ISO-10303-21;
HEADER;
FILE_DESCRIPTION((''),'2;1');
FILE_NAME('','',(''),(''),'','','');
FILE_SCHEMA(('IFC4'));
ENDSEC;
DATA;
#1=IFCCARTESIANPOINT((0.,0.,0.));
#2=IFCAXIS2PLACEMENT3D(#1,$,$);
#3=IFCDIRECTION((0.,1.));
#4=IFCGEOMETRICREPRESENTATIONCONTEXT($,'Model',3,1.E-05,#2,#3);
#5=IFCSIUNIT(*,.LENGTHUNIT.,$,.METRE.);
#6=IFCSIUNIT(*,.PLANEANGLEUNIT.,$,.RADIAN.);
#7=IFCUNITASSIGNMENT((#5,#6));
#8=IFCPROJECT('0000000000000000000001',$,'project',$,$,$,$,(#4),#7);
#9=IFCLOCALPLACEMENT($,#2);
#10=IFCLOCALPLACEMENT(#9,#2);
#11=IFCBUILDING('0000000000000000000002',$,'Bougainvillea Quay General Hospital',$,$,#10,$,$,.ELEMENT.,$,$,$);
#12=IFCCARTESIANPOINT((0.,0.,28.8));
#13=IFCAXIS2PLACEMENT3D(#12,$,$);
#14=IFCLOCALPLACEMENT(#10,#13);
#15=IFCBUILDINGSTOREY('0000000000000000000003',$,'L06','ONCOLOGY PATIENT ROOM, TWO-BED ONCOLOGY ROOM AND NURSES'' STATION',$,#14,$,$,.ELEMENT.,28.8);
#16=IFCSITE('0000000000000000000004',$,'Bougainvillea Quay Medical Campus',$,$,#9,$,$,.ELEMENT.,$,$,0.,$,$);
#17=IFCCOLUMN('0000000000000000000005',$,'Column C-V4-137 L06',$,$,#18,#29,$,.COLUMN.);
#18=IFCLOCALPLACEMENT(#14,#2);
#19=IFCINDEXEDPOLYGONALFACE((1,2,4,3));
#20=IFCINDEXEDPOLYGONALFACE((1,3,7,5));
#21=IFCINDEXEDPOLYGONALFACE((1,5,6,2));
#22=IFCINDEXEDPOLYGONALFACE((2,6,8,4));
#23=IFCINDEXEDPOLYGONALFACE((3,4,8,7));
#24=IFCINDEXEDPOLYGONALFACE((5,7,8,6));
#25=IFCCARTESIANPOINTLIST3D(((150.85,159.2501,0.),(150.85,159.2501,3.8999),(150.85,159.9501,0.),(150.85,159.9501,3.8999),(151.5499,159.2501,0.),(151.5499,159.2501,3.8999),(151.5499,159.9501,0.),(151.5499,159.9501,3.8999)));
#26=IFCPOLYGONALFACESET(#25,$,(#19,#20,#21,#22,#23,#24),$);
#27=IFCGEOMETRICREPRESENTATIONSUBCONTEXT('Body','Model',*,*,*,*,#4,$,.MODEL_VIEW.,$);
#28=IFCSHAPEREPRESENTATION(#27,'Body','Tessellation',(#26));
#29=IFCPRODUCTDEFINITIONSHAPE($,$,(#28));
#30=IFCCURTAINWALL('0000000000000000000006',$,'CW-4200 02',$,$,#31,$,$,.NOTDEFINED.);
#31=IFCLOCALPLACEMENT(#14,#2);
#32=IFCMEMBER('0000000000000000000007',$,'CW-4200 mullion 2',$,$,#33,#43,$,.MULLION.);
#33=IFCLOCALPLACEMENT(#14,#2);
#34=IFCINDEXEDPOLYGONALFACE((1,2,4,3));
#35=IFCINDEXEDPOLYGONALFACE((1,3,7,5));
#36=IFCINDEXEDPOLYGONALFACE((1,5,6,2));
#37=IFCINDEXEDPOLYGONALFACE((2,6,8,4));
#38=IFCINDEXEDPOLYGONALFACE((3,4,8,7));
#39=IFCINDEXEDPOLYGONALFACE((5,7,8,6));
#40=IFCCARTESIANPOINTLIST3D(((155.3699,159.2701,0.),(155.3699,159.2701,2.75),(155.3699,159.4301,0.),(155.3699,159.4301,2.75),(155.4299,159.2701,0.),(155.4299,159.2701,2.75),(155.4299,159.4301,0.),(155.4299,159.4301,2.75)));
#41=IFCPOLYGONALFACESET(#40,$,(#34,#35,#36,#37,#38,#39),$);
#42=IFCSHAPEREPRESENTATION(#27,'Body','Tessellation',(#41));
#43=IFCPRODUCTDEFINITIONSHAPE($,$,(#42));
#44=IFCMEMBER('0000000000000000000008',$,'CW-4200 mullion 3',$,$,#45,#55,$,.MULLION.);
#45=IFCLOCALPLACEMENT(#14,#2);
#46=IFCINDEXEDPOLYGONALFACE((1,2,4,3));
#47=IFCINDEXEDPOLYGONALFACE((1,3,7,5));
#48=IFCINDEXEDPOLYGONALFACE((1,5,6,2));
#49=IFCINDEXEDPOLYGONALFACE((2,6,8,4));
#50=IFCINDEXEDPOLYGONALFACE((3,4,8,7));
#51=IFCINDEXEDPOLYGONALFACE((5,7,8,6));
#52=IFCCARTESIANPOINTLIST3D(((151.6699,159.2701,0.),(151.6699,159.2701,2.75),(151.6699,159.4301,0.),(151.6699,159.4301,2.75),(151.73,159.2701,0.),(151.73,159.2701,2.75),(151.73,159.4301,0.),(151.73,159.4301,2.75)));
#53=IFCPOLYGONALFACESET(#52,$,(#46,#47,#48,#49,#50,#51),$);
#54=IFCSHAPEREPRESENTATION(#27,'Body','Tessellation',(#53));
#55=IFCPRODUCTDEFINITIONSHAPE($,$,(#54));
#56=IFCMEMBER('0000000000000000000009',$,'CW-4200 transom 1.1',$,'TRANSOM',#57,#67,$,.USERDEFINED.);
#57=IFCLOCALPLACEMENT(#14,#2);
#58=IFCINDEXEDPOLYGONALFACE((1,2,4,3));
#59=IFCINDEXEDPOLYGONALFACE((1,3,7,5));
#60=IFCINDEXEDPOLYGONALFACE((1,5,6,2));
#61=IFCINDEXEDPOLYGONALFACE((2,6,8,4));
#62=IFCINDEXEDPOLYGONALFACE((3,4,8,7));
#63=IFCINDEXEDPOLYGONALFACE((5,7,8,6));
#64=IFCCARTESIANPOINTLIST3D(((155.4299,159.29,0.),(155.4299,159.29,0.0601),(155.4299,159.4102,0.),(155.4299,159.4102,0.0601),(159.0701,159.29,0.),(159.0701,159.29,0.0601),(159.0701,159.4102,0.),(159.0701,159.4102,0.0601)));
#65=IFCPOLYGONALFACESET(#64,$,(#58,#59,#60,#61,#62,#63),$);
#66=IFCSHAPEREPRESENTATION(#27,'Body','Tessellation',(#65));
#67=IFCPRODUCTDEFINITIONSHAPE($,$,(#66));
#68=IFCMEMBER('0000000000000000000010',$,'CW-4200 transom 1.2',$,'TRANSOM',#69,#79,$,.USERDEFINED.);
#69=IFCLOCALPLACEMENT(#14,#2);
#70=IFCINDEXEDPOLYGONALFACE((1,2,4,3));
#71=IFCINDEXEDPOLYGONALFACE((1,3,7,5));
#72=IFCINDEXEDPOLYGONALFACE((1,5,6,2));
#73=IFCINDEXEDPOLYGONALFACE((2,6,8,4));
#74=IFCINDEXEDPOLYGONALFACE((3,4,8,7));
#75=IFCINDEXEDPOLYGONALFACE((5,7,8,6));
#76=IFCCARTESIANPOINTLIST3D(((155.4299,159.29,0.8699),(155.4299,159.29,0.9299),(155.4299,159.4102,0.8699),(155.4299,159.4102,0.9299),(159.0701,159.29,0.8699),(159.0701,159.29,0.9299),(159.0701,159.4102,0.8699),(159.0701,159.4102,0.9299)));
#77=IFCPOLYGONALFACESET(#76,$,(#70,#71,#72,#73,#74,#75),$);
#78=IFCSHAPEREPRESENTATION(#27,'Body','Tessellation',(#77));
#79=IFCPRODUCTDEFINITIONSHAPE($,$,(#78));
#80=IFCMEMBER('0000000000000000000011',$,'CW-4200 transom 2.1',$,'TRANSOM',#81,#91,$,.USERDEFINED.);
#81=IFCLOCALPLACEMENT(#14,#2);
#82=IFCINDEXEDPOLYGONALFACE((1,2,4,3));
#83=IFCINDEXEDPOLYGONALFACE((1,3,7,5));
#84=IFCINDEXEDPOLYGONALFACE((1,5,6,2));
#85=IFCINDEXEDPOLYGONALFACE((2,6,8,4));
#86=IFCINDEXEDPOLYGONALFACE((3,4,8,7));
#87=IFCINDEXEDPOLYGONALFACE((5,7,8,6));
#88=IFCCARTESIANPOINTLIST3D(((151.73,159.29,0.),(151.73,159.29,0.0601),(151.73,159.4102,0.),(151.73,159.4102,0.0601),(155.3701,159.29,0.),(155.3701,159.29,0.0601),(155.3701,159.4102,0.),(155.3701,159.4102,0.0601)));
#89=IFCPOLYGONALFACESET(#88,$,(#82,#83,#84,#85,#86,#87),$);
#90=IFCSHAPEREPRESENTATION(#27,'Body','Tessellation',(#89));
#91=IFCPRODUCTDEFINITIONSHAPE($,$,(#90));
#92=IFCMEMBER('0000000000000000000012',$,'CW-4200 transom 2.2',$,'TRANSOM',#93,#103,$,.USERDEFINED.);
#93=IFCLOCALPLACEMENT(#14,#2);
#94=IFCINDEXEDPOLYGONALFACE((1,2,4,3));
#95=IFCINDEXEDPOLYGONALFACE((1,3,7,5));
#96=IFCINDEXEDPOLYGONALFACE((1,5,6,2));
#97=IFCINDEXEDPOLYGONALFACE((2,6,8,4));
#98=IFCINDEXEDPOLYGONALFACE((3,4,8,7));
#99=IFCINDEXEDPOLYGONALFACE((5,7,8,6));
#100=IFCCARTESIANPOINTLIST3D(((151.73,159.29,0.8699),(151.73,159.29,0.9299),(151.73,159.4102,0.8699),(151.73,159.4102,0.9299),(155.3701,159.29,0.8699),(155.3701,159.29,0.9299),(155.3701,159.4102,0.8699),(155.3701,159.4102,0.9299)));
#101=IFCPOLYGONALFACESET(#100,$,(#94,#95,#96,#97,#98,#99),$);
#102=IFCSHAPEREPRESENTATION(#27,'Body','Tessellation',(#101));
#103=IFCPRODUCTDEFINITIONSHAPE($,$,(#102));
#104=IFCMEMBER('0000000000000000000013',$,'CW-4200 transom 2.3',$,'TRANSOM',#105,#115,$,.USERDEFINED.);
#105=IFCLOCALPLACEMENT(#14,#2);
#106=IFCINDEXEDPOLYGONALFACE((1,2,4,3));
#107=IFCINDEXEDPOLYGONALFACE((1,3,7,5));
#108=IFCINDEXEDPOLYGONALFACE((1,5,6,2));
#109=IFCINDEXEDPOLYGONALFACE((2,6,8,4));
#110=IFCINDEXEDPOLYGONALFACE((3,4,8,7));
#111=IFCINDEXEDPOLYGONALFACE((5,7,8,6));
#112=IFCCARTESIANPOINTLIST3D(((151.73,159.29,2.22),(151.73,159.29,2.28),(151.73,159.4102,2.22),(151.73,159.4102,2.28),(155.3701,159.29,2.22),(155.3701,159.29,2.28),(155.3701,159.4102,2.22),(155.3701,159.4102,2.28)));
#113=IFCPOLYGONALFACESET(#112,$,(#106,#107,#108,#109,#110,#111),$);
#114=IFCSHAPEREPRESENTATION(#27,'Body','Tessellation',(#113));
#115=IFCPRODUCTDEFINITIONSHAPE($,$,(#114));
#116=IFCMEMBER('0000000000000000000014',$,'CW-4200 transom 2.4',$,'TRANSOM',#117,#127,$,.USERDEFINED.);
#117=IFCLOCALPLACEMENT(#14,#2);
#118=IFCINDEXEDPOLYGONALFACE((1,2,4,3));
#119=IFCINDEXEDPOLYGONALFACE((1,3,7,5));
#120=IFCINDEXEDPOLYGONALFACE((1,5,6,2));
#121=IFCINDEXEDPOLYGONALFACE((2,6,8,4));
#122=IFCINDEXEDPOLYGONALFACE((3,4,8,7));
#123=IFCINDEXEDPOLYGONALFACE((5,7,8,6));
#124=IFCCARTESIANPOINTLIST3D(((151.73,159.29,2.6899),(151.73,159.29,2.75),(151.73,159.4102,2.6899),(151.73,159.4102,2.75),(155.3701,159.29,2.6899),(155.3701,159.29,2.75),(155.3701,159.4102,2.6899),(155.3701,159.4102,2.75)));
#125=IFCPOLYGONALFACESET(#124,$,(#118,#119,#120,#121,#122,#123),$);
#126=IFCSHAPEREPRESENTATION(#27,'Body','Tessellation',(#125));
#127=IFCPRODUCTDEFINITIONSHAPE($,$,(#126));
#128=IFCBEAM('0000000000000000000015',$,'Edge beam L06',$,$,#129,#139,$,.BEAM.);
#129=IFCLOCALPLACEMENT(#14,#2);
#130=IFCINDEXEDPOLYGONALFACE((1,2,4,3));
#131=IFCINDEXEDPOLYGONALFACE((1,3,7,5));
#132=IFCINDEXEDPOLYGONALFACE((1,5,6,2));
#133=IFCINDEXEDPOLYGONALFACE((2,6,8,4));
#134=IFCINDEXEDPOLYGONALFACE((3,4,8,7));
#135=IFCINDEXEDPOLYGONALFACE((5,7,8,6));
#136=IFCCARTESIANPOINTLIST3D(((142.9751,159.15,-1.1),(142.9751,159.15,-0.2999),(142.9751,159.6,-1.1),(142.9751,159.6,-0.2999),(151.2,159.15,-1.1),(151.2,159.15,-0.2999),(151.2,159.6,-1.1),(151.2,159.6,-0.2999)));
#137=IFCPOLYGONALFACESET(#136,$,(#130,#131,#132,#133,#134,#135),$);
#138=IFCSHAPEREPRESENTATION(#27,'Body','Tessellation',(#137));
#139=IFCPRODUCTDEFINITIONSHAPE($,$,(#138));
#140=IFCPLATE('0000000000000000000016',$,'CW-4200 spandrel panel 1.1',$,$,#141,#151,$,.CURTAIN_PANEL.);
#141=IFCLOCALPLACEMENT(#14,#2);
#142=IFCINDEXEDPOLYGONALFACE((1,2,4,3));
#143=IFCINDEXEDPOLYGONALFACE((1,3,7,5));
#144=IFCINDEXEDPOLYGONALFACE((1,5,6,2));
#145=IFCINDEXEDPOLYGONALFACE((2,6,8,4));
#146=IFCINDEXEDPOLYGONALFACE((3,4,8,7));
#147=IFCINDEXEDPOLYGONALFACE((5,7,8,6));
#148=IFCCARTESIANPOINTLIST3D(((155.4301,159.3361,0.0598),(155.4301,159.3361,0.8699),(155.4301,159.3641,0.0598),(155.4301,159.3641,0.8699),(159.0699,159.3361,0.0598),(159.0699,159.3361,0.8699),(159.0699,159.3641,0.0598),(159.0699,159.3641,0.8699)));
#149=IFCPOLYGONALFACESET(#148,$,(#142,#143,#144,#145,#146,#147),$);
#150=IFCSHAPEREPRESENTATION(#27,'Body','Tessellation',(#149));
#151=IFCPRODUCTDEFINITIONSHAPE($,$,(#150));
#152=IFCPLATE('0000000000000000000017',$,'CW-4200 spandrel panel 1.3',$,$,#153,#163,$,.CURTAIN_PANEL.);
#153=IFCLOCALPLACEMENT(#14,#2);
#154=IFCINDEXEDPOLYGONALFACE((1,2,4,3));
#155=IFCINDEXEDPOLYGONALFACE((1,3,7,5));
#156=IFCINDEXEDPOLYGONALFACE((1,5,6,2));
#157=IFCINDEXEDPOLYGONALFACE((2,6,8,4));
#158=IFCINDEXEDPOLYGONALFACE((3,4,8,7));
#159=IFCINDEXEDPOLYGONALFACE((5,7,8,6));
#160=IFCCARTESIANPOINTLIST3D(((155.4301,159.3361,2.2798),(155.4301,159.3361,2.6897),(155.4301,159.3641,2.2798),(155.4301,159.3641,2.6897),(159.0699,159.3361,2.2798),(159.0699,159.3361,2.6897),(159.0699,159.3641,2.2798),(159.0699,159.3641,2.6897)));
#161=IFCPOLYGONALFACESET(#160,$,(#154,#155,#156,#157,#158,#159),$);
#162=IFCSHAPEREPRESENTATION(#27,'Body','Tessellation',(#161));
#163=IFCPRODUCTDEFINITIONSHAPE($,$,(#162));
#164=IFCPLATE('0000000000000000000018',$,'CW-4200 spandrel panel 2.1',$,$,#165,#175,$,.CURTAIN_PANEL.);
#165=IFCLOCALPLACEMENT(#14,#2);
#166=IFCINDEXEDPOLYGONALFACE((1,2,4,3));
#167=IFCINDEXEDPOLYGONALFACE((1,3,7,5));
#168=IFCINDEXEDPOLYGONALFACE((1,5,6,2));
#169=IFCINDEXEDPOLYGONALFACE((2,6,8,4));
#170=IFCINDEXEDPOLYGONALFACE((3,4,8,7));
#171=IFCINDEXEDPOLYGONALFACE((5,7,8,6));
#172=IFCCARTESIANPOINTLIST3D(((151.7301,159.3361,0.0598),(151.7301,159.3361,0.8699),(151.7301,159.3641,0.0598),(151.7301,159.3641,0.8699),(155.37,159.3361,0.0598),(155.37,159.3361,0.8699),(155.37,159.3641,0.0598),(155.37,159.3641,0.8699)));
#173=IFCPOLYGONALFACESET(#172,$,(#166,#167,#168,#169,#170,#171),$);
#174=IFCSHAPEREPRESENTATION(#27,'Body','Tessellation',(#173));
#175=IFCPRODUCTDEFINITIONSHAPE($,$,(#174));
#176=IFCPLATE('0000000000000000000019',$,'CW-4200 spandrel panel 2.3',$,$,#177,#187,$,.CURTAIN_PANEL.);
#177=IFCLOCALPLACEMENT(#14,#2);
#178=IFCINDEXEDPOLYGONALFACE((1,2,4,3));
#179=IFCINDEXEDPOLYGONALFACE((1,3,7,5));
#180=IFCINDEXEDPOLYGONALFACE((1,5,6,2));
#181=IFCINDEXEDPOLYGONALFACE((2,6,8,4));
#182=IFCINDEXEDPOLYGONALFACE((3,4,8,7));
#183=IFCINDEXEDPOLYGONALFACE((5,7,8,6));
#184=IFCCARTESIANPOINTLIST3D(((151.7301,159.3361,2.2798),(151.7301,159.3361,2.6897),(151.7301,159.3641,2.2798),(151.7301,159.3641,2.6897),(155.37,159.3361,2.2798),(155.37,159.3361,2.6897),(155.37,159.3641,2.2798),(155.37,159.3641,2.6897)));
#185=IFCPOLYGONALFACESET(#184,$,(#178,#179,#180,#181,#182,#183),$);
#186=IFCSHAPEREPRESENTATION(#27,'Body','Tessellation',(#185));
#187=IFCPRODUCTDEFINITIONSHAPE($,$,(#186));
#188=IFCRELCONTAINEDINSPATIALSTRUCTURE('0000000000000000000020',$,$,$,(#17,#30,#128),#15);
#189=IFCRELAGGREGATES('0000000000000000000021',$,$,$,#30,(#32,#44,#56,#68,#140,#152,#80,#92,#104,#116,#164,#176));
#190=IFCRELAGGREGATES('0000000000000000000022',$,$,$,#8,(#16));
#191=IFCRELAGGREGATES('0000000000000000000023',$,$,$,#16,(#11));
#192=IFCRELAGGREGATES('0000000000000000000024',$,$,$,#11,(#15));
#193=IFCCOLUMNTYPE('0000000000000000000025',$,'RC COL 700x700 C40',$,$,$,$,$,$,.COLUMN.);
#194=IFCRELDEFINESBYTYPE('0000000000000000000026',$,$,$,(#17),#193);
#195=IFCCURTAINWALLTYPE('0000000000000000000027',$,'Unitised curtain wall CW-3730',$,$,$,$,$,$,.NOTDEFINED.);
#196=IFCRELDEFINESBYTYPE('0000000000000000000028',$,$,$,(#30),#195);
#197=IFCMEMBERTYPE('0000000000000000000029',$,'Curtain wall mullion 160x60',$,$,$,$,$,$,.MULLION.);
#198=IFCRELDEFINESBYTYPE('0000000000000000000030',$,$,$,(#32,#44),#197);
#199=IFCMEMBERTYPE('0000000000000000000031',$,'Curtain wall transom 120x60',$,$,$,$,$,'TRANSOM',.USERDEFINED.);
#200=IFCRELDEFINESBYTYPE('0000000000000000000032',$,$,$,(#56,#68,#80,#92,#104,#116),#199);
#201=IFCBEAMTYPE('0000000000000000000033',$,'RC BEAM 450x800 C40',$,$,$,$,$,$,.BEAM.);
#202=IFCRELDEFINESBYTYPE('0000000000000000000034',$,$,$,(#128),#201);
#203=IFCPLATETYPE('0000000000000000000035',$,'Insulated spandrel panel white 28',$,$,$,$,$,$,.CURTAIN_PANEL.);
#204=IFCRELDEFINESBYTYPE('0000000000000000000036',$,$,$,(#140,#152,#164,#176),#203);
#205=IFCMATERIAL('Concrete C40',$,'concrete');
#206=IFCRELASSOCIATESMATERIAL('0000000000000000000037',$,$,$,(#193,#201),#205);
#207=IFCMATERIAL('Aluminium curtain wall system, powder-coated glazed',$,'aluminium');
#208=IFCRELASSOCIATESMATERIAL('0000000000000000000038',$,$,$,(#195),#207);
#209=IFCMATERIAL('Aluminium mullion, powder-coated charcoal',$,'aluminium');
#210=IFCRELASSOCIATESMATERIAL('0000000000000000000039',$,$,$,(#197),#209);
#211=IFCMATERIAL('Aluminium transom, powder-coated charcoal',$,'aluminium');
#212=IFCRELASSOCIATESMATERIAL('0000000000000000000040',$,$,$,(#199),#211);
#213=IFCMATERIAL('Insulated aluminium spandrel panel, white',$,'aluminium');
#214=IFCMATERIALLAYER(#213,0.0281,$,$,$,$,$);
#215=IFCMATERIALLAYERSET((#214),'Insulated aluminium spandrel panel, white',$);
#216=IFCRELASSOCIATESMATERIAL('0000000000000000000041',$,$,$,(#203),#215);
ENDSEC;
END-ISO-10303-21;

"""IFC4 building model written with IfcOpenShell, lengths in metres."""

from ifc_helpers import new_model, si_unit, direction, frame, origin, origin_2d, place, context, subcontext, project, spatial, rectangle, extrude, material, layer, layer_set, material_profile, profile_set, type_object, element, aggregate, save


model = new_model("IFC4")

# Units and contexts
model_context = context("Model", 3, precision=1e-05, world=origin(), true_north=direction((0.0, 1.0)))
body_context = subcontext(model_context, "Body", "Model", "MODEL_VIEW")
ifc_project = project(units=[si_unit("LENGTHUNIT", "METRE"), si_unit("PLANEANGLEUNIT", "RADIAN")], contexts=[model_context])

# Site, building, storey
site_placement = place(None, origin())
site = spatial("IfcSite", under=ifc_project, at=site_placement, Name="Bougainvillea Quay Medical Campus", CompositionType="ELEMENT", RefElevation=0.0)
building_placement = place(site_placement, origin())
building = spatial("IfcBuilding", under=site, at=building_placement, Name="Bougainvillea Quay General Hospital", CompositionType="ELEMENT")
storey_placement = place(building_placement, frame((0.0, 0.0, 28.8)))
storey = spatial("IfcBuildingStorey", under=building, at=storey_placement, Name="L06", Description="ONCOLOGY PATIENT ROOM, TWO-BED ONCOLOGY ROOM AND NURSES' STATION", CompositionType="ELEMENT", Elevation=28.8)

# Column
ifc_material_1 = material(Name="Concrete C40", Category="concrete")
ifc_material_profile_1 = material_profile(ifc_material_1, rectangle(XDim=0.7, YDim=0.7, at=origin_2d()))
ifc_profile_set_1 = profile_set([ifc_material_profile_1], Name="Concrete C40")
column_type = type_object("IfcColumnType", Name="RC COL 700x700 C40", PredefinedType="COLUMN", material=ifc_profile_set_1)
column_placement = place(storey_placement, frame((151.2, 159.6001, 0.0), z_axis=(0.0, 0.0, 1.0), x_axis=(1.0, 0.0, 0.0)))
element("IfcColumn", 1, at=column_placement, inside=storey, type_object=column_type, Name="Column C-V4-137 L06", PredefinedType="COLUMN", context=body_context, shape_type="SweptSolid", body=[
    extrude(rectangle(XDim=0.7, YDim=0.7, at=origin_2d()), origin(), (0.0, 0.0, 1.0), 3.8999),
])

# Curtain wall, members
ifc_material_2 = material(Name="Aluminium curtain wall system, powder-coated glazed", Category="aluminium")
curtain_wall_type = type_object("IfcCurtainWallType", Name="Unitised curtain wall CW-3730", PredefinedType="NOTDEFINED", material=ifc_material_2)
curtain_wall_placement = place(storey_placement, origin())
curtain_wall = element("IfcCurtainWall", 2, at=curtain_wall_placement, inside=storey, type_object=curtain_wall_type, Name="CW-4200 02", PredefinedType="NOTDEFINED")
ifc_material_3 = material(Name="Aluminium mullion, powder-coated charcoal", Category="aluminium")
ifc_material_profile_2 = material_profile(ifc_material_3, rectangle(XDim=0.1599, YDim=0.0601, at=origin_2d()))
ifc_profile_set_2 = profile_set([ifc_material_profile_2], Name="Aluminium mullion, powder-coated charcoal")
member_type_1 = type_object("IfcMemberType", Name="Curtain wall mullion 160x60", PredefinedType="MULLION", material=ifc_profile_set_2)
member_1_placement = place(storey_placement, frame((155.3999, 159.3501, 0.0), z_axis=(0.0, 0.0, 1.0), x_axis=(0.0, -1.0, 0.0)))
member_1 = element("IfcMember", 3, at=member_1_placement, type_object=member_type_1, Name="CW-4200 mullion 2", PredefinedType="MULLION", context=body_context, shape_type="SweptSolid", body=[
    extrude(rectangle(XDim=0.1599, YDim=0.0601, at=origin_2d()), origin(), (0.0, 0.0, 1.0), 2.75),
])
member_2_placement = place(storey_placement, frame((151.7, 159.3501, 0.0), z_axis=(0.0, 0.0, 1.0), x_axis=(0.0, -1.0, 0.0)))
member_2 = element("IfcMember", 4, at=member_2_placement, type_object=member_type_1, Name="CW-4200 mullion 3", PredefinedType="MULLION", context=body_context, shape_type="SweptSolid", body=[
    extrude(rectangle(XDim=0.1599, YDim=0.0601, at=origin_2d()), origin(), (0.0, 0.0, 1.0), 2.75),
])
ifc_material_4 = material(Name="Aluminium transom, powder-coated charcoal", Category="aluminium")
ifc_material_profile_3 = material_profile(ifc_material_4, rectangle(XDim=0.1201, YDim=0.0601, at=origin_2d()))
ifc_profile_set_3 = profile_set([ifc_material_profile_3], Name="Aluminium transom, powder-coated charcoal")
member_type_2 = type_object("IfcMemberType", Name="Curtain wall transom 120x60", ElementType="TRANSOM", PredefinedType="USERDEFINED", material=ifc_profile_set_3)
member_3_placement = place(storey_placement, frame((159.0701, 159.3501, 0.03), z_axis=(-1.0, 0.0, 0.0), x_axis=(0.0, -1.0, 0.0)))
member_3 = element("IfcMember", 5, at=member_3_placement, type_object=member_type_2, Name="CW-4200 transom 1.1", ObjectType="TRANSOM", PredefinedType="USERDEFINED", context=body_context, shape_type="SweptSolid", body=[
    extrude(rectangle(XDim=0.1201, YDim=0.0601, at=origin_2d()), origin(), (0.0, 0.0, 1.0), 3.6401),
])
member_4_placement = place(storey_placement, frame((159.0701, 159.3501, 0.8999), z_axis=(-1.0, 0.0, 0.0), x_axis=(0.0, -1.0, 0.0)))
member_4 = element("IfcMember", 6, at=member_4_placement, type_object=member_type_2, Name="CW-4200 transom 1.2", ObjectType="TRANSOM", PredefinedType="USERDEFINED", context=body_context, shape_type="SweptSolid", body=[
    extrude(rectangle(XDim=0.1201, YDim=0.0601, at=origin_2d()), origin(), (0.0, 0.0, 1.0), 3.6401),
])
member_5_placement = place(storey_placement, frame((155.3701, 159.3501, 0.03), z_axis=(-1.0, 0.0, 0.0), x_axis=(0.0, -1.0, 0.0)))
member_5 = element("IfcMember", 7, at=member_5_placement, type_object=member_type_2, Name="CW-4200 transom 2.1", ObjectType="TRANSOM", PredefinedType="USERDEFINED", context=body_context, shape_type="SweptSolid", body=[
    extrude(rectangle(XDim=0.1201, YDim=0.0601, at=origin_2d()), origin(), (0.0, 0.0, 1.0), 3.6401),
])
member_6_placement = place(storey_placement, frame((155.3701, 159.3501, 0.8999), z_axis=(-1.0, 0.0, 0.0), x_axis=(0.0, -1.0, 0.0)))
member_6 = element("IfcMember", 8, at=member_6_placement, type_object=member_type_2, Name="CW-4200 transom 2.2", ObjectType="TRANSOM", PredefinedType="USERDEFINED", context=body_context, shape_type="SweptSolid", body=[
    extrude(rectangle(XDim=0.1201, YDim=0.0601, at=origin_2d()), origin(), (0.0, 0.0, 1.0), 3.6401),
])
member_7_placement = place(storey_placement, frame((155.3701, 159.3501, 2.25), z_axis=(-1.0, 0.0, 0.0), x_axis=(0.0, -1.0, 0.0)))
member_7 = element("IfcMember", 9, at=member_7_placement, type_object=member_type_2, Name="CW-4200 transom 2.3", ObjectType="TRANSOM", PredefinedType="USERDEFINED", context=body_context, shape_type="SweptSolid", body=[
    extrude(rectangle(XDim=0.1201, YDim=0.0601, at=origin_2d()), origin(), (0.0, 0.0, 1.0), 3.6401),
])
member_8_placement = place(storey_placement, frame((155.3701, 159.3501, 2.72), z_axis=(-1.0, 0.0, 0.0), x_axis=(0.0, -1.0, 0.0)))
member_8 = element("IfcMember", 10, at=member_8_placement, type_object=member_type_2, Name="CW-4200 transom 2.4", ObjectType="TRANSOM", PredefinedType="USERDEFINED", context=body_context, shape_type="SweptSolid", body=[
    extrude(rectangle(XDim=0.1201, YDim=0.0601, at=origin_2d()), origin(), (0.0, 0.0, 1.0), 3.6401),
])

# Beam
ifc_material_profile_4 = material_profile(ifc_material_1, rectangle(XDim=0.45, YDim=0.8, at=origin_2d()))
ifc_profile_set_4 = profile_set([ifc_material_profile_4], Name="Concrete C40")
beam_type = type_object("IfcBeamType", Name="RC BEAM 450x800 C40", PredefinedType="BEAM", material=ifc_profile_set_4)
beam_placement = place(storey_placement, frame((151.2, 159.375, -0.7), z_axis=(-1.0, 0.0, 0.0), x_axis=(0.0, -1.0, 0.0)))
element("IfcBeam", 11, at=beam_placement, inside=storey, type_object=beam_type, Name="Edge beam L06", PredefinedType="BEAM", context=body_context, shape_type="SweptSolid", body=[
    extrude(rectangle(XDim=0.45, YDim=0.8, at=origin_2d()), origin(), (0.0, 0.0, 1.0), 8.2249),
])

# Plates
ifc_material_5 = material(Name="Insulated aluminium spandrel panel, white", Category="aluminium")
ifc_layer_1 = layer(ifc_material_5, 0.0281)
ifc_layer_set_1 = layer_set([ifc_layer_1], Name="Insulated aluminium spandrel panel, white")
plate_type_1 = type_object("IfcPlateType", Name="Insulated spandrel panel white 28", PredefinedType="CURTAIN_PANEL", material=ifc_layer_set_1)
plate_1_placement = place(storey_placement, frame((157.25, 159.3501, 0.0598), z_axis=(0.0, 0.0, 1.0), x_axis=(-1.0, 0.0, 0.0)))
plate_1 = element("IfcPlate", 12, at=plate_1_placement, type_object=plate_type_1, Name="CW-4200 spandrel panel 1.1", PredefinedType="CURTAIN_PANEL", context=body_context, shape_type="SweptSolid", body=[
    extrude(rectangle(XDim=3.6399, YDim=0.0281, at=origin_2d()), origin(), (0.0, 0.0, 1.0), 0.8101),
])
plate_2_placement = place(storey_placement, frame((157.25, 159.3501, 2.2798), z_axis=(0.0, 0.0, 1.0), x_axis=(-1.0, 0.0, 0.0)))
plate_2 = element("IfcPlate", 13, at=plate_2_placement, type_object=plate_type_1, Name="CW-4200 spandrel panel 1.3", PredefinedType="CURTAIN_PANEL", context=body_context, shape_type="SweptSolid", body=[
    extrude(rectangle(XDim=3.6399, YDim=0.0281, at=origin_2d()), origin(), (0.0, 0.0, 1.0), 0.4099),
])
plate_3_placement = place(storey_placement, frame((153.55, 159.3501, 0.0598), z_axis=(0.0, 0.0, 1.0), x_axis=(-1.0, 0.0, 0.0)))
plate_3 = element("IfcPlate", 14, at=plate_3_placement, type_object=plate_type_1, Name="CW-4200 spandrel panel 2.1", PredefinedType="CURTAIN_PANEL", context=body_context, shape_type="SweptSolid", body=[
    extrude(rectangle(XDim=3.6399, YDim=0.0281, at=origin_2d()), origin(), (0.0, 0.0, 1.0), 0.8101),
])
plate_4_placement = place(storey_placement, frame((153.55, 159.3501, 2.2798), z_axis=(0.0, 0.0, 1.0), x_axis=(-1.0, 0.0, 0.0)))
plate_4 = element("IfcPlate", 15, at=plate_4_placement, type_object=plate_type_1, Name="CW-4200 spandrel panel 2.3", PredefinedType="CURTAIN_PANEL", context=body_context, shape_type="SweptSolid", body=[
    extrude(rectangle(XDim=3.6399, YDim=0.0281, at=origin_2d()), origin(), (0.0, 0.0, 1.0), 0.4099),
])
aggregate(curtain_wall, [member_1, member_2, member_3, member_4, plate_1, plate_2, member_5, member_6, member_7, member_8, plate_3, plate_4])

save(model, "model.ifc")
